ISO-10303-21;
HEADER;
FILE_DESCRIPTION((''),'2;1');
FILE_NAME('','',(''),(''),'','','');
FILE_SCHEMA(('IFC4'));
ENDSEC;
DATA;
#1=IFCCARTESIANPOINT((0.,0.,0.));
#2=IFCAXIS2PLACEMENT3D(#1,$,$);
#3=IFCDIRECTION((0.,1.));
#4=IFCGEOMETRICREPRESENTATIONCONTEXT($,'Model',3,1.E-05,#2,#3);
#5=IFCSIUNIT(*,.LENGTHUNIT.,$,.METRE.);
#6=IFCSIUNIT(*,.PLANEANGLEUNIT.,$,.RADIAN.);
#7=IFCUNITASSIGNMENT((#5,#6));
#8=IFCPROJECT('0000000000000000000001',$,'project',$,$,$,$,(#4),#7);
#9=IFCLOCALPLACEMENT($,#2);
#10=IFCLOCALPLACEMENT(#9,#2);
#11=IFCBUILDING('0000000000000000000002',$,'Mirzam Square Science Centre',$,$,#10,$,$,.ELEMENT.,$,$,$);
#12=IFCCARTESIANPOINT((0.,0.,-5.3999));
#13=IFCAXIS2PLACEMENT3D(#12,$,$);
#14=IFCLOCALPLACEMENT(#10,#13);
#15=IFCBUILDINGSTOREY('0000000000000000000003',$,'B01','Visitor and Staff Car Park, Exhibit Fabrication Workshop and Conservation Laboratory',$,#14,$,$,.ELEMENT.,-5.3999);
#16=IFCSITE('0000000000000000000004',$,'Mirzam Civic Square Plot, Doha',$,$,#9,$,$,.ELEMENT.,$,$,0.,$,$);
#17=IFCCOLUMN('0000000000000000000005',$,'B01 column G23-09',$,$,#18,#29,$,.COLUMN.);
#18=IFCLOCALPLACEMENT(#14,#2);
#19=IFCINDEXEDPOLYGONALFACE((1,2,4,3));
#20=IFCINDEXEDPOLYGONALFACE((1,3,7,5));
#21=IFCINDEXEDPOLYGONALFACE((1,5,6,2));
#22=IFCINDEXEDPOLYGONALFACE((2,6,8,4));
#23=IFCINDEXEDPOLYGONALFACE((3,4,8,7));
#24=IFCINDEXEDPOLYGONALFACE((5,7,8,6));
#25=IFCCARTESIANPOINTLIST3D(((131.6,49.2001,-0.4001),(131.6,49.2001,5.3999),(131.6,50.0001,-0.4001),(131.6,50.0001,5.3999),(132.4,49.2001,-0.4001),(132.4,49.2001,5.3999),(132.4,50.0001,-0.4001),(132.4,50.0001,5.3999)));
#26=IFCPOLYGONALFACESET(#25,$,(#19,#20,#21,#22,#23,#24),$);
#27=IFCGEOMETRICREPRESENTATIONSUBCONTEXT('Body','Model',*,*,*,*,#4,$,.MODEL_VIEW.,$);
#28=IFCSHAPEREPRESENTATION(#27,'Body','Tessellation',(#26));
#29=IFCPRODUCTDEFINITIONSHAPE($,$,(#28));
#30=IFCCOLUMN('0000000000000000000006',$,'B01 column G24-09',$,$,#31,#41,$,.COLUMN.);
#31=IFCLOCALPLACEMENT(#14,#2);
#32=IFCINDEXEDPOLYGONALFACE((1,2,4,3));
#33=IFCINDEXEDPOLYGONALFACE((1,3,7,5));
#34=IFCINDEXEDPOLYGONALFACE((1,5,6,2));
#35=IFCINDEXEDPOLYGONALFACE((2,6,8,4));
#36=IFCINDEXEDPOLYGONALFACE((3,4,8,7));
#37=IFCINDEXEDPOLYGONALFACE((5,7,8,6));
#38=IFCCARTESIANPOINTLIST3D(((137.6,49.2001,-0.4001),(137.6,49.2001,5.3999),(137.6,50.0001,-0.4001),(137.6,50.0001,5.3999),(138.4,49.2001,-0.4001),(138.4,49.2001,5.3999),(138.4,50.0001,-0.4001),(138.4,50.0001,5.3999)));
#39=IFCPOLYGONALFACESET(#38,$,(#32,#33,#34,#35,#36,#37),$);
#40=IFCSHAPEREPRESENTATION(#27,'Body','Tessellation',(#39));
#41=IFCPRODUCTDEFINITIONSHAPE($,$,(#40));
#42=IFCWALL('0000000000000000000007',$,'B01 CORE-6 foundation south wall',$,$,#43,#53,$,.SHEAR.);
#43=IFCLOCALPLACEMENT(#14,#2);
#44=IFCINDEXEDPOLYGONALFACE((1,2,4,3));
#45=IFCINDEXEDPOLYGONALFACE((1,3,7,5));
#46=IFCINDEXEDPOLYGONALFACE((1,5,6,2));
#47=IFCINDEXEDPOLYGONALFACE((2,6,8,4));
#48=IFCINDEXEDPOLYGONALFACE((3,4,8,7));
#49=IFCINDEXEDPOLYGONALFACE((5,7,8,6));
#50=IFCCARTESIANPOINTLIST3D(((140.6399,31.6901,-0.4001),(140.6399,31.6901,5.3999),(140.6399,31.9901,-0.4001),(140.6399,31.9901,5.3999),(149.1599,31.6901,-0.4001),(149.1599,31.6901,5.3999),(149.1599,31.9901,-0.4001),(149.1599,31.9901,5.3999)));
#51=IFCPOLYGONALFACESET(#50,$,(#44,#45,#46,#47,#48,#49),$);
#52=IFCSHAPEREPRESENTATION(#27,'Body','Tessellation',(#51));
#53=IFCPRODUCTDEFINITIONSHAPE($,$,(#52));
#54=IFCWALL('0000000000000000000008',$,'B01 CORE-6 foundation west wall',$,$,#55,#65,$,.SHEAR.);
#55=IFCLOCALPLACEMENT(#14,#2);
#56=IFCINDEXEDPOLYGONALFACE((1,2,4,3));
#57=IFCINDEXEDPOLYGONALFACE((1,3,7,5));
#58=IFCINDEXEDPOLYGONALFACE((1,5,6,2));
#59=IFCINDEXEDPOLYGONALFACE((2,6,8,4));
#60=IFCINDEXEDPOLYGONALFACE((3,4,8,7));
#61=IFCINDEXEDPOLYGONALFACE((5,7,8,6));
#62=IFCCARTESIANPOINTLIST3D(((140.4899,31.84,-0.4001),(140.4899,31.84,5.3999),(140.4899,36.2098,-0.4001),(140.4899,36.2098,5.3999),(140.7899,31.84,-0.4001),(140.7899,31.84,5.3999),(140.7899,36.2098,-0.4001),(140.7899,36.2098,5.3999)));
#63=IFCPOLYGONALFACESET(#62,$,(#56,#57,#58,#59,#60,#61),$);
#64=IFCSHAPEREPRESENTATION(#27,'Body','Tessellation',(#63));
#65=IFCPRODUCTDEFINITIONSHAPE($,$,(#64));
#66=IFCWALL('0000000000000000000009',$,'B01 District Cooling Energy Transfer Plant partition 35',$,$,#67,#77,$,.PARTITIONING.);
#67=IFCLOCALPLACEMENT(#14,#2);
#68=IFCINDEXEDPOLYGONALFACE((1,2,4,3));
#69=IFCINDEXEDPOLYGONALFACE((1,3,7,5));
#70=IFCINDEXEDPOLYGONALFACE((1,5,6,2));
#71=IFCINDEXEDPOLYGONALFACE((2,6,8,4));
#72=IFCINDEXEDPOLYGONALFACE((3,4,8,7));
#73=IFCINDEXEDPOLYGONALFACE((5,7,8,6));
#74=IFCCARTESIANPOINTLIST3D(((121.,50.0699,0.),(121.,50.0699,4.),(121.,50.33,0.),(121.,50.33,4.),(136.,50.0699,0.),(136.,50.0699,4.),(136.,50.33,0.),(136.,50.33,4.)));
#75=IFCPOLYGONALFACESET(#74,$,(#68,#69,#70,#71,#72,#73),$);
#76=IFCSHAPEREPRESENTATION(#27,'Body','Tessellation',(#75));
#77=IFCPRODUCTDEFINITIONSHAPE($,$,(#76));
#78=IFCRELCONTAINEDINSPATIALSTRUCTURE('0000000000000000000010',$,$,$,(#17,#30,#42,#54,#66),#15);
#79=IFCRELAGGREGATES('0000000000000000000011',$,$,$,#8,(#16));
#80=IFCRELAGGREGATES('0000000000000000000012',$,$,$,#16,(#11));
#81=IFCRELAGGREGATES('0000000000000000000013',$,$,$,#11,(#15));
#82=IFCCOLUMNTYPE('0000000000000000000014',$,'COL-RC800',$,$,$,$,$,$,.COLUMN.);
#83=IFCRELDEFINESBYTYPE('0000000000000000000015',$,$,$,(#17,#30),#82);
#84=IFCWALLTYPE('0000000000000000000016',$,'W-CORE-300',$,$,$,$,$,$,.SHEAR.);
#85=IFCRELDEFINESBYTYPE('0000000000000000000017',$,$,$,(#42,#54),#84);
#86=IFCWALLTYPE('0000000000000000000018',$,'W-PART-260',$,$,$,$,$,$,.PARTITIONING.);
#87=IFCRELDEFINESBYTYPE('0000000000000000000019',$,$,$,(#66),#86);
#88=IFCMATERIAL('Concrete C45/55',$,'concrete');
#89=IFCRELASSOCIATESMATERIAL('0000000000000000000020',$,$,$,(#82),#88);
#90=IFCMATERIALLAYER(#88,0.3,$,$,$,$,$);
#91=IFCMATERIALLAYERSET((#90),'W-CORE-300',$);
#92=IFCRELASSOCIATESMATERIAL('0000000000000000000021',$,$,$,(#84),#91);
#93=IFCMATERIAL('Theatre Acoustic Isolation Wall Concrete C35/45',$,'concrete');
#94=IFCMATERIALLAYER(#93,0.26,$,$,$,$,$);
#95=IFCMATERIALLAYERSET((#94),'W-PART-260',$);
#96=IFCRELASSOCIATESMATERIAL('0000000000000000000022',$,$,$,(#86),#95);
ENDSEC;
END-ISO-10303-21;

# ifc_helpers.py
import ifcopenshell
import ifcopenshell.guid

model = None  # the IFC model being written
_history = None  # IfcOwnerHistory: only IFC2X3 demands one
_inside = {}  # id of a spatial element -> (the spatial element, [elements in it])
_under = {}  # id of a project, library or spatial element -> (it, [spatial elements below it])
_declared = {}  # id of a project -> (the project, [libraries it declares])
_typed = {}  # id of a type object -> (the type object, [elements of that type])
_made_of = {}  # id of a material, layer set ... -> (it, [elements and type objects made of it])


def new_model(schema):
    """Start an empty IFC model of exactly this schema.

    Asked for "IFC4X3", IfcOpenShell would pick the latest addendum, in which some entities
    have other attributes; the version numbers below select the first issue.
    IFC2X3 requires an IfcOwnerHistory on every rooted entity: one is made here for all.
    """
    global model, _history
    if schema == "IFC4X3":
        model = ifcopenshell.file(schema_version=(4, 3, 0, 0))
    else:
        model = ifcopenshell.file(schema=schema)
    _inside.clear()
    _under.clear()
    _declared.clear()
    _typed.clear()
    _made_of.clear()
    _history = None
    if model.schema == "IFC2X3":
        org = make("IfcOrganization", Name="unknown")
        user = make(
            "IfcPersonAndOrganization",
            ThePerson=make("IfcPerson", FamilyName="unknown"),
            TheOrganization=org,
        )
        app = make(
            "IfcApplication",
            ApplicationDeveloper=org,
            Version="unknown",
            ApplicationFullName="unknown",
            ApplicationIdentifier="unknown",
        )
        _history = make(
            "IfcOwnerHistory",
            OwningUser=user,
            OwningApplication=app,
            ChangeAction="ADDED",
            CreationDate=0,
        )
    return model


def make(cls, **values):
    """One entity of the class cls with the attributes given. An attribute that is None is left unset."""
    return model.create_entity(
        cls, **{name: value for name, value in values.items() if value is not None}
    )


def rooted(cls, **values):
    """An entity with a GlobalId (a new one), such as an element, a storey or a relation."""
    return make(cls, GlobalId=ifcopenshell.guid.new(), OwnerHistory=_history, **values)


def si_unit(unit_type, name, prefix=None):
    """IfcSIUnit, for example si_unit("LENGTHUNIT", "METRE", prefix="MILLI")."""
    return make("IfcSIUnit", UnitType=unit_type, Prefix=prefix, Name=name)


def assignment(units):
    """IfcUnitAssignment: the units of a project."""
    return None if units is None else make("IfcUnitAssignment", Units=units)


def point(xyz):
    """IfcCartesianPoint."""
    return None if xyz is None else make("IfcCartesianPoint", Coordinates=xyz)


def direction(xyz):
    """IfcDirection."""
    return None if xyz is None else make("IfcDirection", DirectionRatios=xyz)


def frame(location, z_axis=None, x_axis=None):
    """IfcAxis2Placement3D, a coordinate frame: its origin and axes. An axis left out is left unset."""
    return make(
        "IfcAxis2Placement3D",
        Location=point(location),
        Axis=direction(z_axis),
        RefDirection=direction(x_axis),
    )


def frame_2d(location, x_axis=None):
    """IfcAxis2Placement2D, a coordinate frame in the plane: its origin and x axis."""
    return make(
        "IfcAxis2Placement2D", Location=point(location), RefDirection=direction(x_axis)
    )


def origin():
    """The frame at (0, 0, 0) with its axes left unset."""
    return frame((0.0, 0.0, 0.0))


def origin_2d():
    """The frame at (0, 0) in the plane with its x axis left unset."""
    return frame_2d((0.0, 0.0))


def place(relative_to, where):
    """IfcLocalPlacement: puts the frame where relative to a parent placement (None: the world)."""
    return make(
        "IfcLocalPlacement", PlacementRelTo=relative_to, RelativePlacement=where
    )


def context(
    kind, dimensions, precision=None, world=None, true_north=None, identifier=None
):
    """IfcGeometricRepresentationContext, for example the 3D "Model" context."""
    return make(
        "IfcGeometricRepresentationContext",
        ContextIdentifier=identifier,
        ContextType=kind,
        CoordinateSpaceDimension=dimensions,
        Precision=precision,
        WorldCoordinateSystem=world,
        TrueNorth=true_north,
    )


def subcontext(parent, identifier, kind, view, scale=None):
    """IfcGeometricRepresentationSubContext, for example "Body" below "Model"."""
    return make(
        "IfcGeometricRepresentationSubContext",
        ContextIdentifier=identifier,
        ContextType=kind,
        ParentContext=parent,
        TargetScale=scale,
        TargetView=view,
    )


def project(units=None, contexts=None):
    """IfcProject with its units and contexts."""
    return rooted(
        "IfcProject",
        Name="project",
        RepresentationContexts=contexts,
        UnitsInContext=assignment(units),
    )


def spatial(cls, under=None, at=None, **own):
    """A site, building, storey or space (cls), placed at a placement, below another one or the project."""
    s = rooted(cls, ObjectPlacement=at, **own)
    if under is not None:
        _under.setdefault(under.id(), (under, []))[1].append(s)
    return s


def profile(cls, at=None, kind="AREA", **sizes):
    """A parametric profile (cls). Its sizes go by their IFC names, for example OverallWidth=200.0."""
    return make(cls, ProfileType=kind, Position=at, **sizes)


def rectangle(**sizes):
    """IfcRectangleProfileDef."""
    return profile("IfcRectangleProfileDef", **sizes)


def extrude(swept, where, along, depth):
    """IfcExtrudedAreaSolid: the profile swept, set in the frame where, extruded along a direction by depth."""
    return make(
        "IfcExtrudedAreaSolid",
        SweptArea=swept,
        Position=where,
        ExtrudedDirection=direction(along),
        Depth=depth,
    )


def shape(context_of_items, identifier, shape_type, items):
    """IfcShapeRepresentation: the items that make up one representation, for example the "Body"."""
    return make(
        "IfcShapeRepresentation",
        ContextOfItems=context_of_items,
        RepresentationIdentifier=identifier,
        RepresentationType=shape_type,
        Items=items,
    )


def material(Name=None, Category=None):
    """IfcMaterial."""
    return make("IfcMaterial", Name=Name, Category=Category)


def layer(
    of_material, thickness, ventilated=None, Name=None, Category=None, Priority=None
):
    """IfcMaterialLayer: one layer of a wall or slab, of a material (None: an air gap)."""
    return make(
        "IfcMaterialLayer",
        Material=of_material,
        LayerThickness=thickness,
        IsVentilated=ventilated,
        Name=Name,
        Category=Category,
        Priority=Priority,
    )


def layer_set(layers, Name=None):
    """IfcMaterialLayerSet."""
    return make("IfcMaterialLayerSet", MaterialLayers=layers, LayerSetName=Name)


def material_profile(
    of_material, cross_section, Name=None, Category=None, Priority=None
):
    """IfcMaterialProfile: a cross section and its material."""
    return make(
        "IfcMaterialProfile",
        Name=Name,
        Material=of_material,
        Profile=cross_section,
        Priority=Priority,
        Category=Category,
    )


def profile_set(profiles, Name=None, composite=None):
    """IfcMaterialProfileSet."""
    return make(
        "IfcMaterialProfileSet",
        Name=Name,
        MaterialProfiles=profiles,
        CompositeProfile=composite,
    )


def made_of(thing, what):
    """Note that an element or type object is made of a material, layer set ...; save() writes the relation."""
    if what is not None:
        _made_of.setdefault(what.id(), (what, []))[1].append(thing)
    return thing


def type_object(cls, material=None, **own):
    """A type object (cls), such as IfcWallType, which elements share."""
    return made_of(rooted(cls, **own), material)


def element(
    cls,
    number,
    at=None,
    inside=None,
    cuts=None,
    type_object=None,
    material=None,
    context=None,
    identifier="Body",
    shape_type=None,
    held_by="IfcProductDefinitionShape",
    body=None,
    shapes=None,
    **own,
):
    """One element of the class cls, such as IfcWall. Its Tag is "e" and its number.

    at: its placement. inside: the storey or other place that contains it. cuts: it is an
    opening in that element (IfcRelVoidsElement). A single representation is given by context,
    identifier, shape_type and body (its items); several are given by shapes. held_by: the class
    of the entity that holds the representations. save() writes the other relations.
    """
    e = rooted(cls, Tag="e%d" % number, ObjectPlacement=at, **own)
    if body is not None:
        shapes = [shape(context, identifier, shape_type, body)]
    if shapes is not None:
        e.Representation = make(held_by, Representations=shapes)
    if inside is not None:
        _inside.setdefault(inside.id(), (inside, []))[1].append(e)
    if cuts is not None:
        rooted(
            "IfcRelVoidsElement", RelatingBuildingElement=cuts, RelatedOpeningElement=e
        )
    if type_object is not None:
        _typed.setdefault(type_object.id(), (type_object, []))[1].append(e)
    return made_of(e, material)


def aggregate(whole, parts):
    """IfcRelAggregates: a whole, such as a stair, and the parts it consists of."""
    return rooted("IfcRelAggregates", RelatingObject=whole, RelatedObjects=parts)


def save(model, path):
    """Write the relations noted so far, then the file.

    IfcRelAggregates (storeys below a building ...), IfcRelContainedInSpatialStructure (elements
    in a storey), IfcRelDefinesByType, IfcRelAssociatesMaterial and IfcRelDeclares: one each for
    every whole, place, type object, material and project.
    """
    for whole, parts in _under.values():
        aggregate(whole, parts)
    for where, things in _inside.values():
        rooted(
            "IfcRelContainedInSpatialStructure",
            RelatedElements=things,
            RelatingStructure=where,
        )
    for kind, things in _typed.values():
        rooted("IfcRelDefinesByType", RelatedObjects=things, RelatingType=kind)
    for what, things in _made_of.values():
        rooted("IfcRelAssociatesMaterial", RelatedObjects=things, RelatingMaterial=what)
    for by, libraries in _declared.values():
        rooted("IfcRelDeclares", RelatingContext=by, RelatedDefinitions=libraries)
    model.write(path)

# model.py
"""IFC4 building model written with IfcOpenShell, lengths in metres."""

from ifc_helpers import new_model, si_unit, direction, frame, frame_2d, origin, origin_2d, place, context, subcontext, project, spatial, rectangle, extrude, material, layer, layer_set, material_profile, profile_set, type_object, element, save


model = new_model("IFC4")

# Units and contexts
model_context = context("Model", 3, precision=1e-05, world=origin(), true_north=direction((0.0, 1.0)))
body_context = subcontext(model_context, "Body", "Model", "MODEL_VIEW")
ifc_project = project(units=[si_unit("LENGTHUNIT", "METRE"), si_unit("PLANEANGLEUNIT", "RADIAN")], contexts=[model_context])

# Site, building, storey
site_placement = place(None, origin())
site = spatial("IfcSite", under=ifc_project, at=site_placement, Name="Mirzam Civic Square Plot, Doha", CompositionType="ELEMENT", RefElevation=0.0)
building_placement = place(site_placement, origin())
building = spatial("IfcBuilding", under=site, at=building_placement, Name="Mirzam Square Science Centre", CompositionType="ELEMENT")
storey_placement = place(building_placement, frame((0.0, 0.0, -5.3999)))
storey = spatial("IfcBuildingStorey", under=building, at=storey_placement, Name="B01", Description="Visitor and Staff Car Park, Exhibit Fabrication Workshop and Conservation Laboratory", CompositionType="ELEMENT", Elevation=-5.3999)

# Shared definitions
ifc_material_1 = material(Name="Concrete C45/55", Category="concrete")

# Columns
ifc_material_profile_1 = material_profile(ifc_material_1, rectangle(XDim=0.8, YDim=0.8, at=origin_2d()), Name="RC800x800")
ifc_profile_set_1 = profile_set([ifc_material_profile_1], Name="Concrete C45/55")
column_type_1 = type_object("IfcColumnType", Name="COL-RC800", PredefinedType="COLUMN", material=ifc_profile_set_1)
for number, where, z_axis, x_axis, name in (
    (1, (132.0, 49.6001, -0.4001), (0.0, 0.0, 1.0), (1.0, 0.0, 0.0), "B01 column G23-09"),
    (2, (138.0, 49.6001, -0.4001), (0.0, 0.0, 1.0), (1.0, 0.0, 0.0), "B01 column G24-09"),
):
    element("IfcColumn", number, at=place(storey_placement, frame(where, z_axis=z_axis, x_axis=x_axis)), inside=storey, type_object=column_type_1, Name=name, PredefinedType="COLUMN", context=body_context, shape_type="SweptSolid", body=[
        extrude(rectangle(XDim=0.8, YDim=0.8, at=origin_2d()), origin(), (0.0, 0.0, 1.0), 5.8),
    ])

# Walls
ifc_layer_1 = layer(ifc_material_1, 0.3)
ifc_layer_set_1 = layer_set([ifc_layer_1], Name="W-CORE-300")
wall_type_1 = type_object("IfcWallType", Name="W-CORE-300", PredefinedType="SHEAR", material=ifc_layer_set_1)
wall_1_placement = place(storey_placement, frame((140.6399, 31.8401, -0.4001), z_axis=(0.0, 0.0, 1.0), x_axis=(1.0, 0.0, 0.0)))
element("IfcWall", 3, at=wall_1_placement, inside=storey, type_object=wall_type_1, Name="B01 CORE-6 foundation south wall", PredefinedType="SHEAR", context=body_context, shape_type="SweptSolid", body=[
    extrude(rectangle(XDim=8.52, YDim=0.3, at=frame_2d((4.26, 0.0))), origin(), (0.0, 0.0, 1.0), 5.8),
])
wall_2_placement = place(storey_placement, frame((140.6399, 36.21, -0.4001), z_axis=(0.0, 0.0, 1.0), x_axis=(0.0, -1.0, 0.0)))
element("IfcWall", 4, at=wall_2_placement, inside=storey, type_object=wall_type_1, Name="B01 CORE-6 foundation west wall", PredefinedType="SHEAR", context=body_context, shape_type="SweptSolid", body=[
    extrude(rectangle(XDim=4.3699, YDim=0.3, at=frame_2d((2.1851, 0.0))), origin(), (0.0, 0.0, 1.0), 5.8),
])
ifc_material_2 = material(Name="Theatre Acoustic Isolation Wall Concrete C35/45", Category="concrete")
ifc_layer_2 = layer(ifc_material_2, 0.26)
ifc_layer_set_2 = layer_set([ifc_layer_2], Name="W-PART-260")
wall_type_2 = type_object("IfcWallType", Name="W-PART-260", PredefinedType="PARTITIONING", material=ifc_layer_set_2)
wall_3_placement = place(storey_placement, frame((136.0, 50.2, 0.0), z_axis=(0.0, 0.0, 1.0), x_axis=(-1.0, 0.0, 0.0)))
element("IfcWall", 5, at=wall_3_placement, inside=storey, type_object=wall_type_2, Name="B01 District Cooling Energy Transfer Plant partition 35", PredefinedType="PARTITIONING", context=body_context, shape_type="SweptSolid", body=[
    extrude(rectangle(XDim=15.0, YDim=0.26, at=frame_2d((7.5, 0.0))), origin(), (0.0, 0.0, 1.0), 4.0),
])

save(model, "model.ifc")
